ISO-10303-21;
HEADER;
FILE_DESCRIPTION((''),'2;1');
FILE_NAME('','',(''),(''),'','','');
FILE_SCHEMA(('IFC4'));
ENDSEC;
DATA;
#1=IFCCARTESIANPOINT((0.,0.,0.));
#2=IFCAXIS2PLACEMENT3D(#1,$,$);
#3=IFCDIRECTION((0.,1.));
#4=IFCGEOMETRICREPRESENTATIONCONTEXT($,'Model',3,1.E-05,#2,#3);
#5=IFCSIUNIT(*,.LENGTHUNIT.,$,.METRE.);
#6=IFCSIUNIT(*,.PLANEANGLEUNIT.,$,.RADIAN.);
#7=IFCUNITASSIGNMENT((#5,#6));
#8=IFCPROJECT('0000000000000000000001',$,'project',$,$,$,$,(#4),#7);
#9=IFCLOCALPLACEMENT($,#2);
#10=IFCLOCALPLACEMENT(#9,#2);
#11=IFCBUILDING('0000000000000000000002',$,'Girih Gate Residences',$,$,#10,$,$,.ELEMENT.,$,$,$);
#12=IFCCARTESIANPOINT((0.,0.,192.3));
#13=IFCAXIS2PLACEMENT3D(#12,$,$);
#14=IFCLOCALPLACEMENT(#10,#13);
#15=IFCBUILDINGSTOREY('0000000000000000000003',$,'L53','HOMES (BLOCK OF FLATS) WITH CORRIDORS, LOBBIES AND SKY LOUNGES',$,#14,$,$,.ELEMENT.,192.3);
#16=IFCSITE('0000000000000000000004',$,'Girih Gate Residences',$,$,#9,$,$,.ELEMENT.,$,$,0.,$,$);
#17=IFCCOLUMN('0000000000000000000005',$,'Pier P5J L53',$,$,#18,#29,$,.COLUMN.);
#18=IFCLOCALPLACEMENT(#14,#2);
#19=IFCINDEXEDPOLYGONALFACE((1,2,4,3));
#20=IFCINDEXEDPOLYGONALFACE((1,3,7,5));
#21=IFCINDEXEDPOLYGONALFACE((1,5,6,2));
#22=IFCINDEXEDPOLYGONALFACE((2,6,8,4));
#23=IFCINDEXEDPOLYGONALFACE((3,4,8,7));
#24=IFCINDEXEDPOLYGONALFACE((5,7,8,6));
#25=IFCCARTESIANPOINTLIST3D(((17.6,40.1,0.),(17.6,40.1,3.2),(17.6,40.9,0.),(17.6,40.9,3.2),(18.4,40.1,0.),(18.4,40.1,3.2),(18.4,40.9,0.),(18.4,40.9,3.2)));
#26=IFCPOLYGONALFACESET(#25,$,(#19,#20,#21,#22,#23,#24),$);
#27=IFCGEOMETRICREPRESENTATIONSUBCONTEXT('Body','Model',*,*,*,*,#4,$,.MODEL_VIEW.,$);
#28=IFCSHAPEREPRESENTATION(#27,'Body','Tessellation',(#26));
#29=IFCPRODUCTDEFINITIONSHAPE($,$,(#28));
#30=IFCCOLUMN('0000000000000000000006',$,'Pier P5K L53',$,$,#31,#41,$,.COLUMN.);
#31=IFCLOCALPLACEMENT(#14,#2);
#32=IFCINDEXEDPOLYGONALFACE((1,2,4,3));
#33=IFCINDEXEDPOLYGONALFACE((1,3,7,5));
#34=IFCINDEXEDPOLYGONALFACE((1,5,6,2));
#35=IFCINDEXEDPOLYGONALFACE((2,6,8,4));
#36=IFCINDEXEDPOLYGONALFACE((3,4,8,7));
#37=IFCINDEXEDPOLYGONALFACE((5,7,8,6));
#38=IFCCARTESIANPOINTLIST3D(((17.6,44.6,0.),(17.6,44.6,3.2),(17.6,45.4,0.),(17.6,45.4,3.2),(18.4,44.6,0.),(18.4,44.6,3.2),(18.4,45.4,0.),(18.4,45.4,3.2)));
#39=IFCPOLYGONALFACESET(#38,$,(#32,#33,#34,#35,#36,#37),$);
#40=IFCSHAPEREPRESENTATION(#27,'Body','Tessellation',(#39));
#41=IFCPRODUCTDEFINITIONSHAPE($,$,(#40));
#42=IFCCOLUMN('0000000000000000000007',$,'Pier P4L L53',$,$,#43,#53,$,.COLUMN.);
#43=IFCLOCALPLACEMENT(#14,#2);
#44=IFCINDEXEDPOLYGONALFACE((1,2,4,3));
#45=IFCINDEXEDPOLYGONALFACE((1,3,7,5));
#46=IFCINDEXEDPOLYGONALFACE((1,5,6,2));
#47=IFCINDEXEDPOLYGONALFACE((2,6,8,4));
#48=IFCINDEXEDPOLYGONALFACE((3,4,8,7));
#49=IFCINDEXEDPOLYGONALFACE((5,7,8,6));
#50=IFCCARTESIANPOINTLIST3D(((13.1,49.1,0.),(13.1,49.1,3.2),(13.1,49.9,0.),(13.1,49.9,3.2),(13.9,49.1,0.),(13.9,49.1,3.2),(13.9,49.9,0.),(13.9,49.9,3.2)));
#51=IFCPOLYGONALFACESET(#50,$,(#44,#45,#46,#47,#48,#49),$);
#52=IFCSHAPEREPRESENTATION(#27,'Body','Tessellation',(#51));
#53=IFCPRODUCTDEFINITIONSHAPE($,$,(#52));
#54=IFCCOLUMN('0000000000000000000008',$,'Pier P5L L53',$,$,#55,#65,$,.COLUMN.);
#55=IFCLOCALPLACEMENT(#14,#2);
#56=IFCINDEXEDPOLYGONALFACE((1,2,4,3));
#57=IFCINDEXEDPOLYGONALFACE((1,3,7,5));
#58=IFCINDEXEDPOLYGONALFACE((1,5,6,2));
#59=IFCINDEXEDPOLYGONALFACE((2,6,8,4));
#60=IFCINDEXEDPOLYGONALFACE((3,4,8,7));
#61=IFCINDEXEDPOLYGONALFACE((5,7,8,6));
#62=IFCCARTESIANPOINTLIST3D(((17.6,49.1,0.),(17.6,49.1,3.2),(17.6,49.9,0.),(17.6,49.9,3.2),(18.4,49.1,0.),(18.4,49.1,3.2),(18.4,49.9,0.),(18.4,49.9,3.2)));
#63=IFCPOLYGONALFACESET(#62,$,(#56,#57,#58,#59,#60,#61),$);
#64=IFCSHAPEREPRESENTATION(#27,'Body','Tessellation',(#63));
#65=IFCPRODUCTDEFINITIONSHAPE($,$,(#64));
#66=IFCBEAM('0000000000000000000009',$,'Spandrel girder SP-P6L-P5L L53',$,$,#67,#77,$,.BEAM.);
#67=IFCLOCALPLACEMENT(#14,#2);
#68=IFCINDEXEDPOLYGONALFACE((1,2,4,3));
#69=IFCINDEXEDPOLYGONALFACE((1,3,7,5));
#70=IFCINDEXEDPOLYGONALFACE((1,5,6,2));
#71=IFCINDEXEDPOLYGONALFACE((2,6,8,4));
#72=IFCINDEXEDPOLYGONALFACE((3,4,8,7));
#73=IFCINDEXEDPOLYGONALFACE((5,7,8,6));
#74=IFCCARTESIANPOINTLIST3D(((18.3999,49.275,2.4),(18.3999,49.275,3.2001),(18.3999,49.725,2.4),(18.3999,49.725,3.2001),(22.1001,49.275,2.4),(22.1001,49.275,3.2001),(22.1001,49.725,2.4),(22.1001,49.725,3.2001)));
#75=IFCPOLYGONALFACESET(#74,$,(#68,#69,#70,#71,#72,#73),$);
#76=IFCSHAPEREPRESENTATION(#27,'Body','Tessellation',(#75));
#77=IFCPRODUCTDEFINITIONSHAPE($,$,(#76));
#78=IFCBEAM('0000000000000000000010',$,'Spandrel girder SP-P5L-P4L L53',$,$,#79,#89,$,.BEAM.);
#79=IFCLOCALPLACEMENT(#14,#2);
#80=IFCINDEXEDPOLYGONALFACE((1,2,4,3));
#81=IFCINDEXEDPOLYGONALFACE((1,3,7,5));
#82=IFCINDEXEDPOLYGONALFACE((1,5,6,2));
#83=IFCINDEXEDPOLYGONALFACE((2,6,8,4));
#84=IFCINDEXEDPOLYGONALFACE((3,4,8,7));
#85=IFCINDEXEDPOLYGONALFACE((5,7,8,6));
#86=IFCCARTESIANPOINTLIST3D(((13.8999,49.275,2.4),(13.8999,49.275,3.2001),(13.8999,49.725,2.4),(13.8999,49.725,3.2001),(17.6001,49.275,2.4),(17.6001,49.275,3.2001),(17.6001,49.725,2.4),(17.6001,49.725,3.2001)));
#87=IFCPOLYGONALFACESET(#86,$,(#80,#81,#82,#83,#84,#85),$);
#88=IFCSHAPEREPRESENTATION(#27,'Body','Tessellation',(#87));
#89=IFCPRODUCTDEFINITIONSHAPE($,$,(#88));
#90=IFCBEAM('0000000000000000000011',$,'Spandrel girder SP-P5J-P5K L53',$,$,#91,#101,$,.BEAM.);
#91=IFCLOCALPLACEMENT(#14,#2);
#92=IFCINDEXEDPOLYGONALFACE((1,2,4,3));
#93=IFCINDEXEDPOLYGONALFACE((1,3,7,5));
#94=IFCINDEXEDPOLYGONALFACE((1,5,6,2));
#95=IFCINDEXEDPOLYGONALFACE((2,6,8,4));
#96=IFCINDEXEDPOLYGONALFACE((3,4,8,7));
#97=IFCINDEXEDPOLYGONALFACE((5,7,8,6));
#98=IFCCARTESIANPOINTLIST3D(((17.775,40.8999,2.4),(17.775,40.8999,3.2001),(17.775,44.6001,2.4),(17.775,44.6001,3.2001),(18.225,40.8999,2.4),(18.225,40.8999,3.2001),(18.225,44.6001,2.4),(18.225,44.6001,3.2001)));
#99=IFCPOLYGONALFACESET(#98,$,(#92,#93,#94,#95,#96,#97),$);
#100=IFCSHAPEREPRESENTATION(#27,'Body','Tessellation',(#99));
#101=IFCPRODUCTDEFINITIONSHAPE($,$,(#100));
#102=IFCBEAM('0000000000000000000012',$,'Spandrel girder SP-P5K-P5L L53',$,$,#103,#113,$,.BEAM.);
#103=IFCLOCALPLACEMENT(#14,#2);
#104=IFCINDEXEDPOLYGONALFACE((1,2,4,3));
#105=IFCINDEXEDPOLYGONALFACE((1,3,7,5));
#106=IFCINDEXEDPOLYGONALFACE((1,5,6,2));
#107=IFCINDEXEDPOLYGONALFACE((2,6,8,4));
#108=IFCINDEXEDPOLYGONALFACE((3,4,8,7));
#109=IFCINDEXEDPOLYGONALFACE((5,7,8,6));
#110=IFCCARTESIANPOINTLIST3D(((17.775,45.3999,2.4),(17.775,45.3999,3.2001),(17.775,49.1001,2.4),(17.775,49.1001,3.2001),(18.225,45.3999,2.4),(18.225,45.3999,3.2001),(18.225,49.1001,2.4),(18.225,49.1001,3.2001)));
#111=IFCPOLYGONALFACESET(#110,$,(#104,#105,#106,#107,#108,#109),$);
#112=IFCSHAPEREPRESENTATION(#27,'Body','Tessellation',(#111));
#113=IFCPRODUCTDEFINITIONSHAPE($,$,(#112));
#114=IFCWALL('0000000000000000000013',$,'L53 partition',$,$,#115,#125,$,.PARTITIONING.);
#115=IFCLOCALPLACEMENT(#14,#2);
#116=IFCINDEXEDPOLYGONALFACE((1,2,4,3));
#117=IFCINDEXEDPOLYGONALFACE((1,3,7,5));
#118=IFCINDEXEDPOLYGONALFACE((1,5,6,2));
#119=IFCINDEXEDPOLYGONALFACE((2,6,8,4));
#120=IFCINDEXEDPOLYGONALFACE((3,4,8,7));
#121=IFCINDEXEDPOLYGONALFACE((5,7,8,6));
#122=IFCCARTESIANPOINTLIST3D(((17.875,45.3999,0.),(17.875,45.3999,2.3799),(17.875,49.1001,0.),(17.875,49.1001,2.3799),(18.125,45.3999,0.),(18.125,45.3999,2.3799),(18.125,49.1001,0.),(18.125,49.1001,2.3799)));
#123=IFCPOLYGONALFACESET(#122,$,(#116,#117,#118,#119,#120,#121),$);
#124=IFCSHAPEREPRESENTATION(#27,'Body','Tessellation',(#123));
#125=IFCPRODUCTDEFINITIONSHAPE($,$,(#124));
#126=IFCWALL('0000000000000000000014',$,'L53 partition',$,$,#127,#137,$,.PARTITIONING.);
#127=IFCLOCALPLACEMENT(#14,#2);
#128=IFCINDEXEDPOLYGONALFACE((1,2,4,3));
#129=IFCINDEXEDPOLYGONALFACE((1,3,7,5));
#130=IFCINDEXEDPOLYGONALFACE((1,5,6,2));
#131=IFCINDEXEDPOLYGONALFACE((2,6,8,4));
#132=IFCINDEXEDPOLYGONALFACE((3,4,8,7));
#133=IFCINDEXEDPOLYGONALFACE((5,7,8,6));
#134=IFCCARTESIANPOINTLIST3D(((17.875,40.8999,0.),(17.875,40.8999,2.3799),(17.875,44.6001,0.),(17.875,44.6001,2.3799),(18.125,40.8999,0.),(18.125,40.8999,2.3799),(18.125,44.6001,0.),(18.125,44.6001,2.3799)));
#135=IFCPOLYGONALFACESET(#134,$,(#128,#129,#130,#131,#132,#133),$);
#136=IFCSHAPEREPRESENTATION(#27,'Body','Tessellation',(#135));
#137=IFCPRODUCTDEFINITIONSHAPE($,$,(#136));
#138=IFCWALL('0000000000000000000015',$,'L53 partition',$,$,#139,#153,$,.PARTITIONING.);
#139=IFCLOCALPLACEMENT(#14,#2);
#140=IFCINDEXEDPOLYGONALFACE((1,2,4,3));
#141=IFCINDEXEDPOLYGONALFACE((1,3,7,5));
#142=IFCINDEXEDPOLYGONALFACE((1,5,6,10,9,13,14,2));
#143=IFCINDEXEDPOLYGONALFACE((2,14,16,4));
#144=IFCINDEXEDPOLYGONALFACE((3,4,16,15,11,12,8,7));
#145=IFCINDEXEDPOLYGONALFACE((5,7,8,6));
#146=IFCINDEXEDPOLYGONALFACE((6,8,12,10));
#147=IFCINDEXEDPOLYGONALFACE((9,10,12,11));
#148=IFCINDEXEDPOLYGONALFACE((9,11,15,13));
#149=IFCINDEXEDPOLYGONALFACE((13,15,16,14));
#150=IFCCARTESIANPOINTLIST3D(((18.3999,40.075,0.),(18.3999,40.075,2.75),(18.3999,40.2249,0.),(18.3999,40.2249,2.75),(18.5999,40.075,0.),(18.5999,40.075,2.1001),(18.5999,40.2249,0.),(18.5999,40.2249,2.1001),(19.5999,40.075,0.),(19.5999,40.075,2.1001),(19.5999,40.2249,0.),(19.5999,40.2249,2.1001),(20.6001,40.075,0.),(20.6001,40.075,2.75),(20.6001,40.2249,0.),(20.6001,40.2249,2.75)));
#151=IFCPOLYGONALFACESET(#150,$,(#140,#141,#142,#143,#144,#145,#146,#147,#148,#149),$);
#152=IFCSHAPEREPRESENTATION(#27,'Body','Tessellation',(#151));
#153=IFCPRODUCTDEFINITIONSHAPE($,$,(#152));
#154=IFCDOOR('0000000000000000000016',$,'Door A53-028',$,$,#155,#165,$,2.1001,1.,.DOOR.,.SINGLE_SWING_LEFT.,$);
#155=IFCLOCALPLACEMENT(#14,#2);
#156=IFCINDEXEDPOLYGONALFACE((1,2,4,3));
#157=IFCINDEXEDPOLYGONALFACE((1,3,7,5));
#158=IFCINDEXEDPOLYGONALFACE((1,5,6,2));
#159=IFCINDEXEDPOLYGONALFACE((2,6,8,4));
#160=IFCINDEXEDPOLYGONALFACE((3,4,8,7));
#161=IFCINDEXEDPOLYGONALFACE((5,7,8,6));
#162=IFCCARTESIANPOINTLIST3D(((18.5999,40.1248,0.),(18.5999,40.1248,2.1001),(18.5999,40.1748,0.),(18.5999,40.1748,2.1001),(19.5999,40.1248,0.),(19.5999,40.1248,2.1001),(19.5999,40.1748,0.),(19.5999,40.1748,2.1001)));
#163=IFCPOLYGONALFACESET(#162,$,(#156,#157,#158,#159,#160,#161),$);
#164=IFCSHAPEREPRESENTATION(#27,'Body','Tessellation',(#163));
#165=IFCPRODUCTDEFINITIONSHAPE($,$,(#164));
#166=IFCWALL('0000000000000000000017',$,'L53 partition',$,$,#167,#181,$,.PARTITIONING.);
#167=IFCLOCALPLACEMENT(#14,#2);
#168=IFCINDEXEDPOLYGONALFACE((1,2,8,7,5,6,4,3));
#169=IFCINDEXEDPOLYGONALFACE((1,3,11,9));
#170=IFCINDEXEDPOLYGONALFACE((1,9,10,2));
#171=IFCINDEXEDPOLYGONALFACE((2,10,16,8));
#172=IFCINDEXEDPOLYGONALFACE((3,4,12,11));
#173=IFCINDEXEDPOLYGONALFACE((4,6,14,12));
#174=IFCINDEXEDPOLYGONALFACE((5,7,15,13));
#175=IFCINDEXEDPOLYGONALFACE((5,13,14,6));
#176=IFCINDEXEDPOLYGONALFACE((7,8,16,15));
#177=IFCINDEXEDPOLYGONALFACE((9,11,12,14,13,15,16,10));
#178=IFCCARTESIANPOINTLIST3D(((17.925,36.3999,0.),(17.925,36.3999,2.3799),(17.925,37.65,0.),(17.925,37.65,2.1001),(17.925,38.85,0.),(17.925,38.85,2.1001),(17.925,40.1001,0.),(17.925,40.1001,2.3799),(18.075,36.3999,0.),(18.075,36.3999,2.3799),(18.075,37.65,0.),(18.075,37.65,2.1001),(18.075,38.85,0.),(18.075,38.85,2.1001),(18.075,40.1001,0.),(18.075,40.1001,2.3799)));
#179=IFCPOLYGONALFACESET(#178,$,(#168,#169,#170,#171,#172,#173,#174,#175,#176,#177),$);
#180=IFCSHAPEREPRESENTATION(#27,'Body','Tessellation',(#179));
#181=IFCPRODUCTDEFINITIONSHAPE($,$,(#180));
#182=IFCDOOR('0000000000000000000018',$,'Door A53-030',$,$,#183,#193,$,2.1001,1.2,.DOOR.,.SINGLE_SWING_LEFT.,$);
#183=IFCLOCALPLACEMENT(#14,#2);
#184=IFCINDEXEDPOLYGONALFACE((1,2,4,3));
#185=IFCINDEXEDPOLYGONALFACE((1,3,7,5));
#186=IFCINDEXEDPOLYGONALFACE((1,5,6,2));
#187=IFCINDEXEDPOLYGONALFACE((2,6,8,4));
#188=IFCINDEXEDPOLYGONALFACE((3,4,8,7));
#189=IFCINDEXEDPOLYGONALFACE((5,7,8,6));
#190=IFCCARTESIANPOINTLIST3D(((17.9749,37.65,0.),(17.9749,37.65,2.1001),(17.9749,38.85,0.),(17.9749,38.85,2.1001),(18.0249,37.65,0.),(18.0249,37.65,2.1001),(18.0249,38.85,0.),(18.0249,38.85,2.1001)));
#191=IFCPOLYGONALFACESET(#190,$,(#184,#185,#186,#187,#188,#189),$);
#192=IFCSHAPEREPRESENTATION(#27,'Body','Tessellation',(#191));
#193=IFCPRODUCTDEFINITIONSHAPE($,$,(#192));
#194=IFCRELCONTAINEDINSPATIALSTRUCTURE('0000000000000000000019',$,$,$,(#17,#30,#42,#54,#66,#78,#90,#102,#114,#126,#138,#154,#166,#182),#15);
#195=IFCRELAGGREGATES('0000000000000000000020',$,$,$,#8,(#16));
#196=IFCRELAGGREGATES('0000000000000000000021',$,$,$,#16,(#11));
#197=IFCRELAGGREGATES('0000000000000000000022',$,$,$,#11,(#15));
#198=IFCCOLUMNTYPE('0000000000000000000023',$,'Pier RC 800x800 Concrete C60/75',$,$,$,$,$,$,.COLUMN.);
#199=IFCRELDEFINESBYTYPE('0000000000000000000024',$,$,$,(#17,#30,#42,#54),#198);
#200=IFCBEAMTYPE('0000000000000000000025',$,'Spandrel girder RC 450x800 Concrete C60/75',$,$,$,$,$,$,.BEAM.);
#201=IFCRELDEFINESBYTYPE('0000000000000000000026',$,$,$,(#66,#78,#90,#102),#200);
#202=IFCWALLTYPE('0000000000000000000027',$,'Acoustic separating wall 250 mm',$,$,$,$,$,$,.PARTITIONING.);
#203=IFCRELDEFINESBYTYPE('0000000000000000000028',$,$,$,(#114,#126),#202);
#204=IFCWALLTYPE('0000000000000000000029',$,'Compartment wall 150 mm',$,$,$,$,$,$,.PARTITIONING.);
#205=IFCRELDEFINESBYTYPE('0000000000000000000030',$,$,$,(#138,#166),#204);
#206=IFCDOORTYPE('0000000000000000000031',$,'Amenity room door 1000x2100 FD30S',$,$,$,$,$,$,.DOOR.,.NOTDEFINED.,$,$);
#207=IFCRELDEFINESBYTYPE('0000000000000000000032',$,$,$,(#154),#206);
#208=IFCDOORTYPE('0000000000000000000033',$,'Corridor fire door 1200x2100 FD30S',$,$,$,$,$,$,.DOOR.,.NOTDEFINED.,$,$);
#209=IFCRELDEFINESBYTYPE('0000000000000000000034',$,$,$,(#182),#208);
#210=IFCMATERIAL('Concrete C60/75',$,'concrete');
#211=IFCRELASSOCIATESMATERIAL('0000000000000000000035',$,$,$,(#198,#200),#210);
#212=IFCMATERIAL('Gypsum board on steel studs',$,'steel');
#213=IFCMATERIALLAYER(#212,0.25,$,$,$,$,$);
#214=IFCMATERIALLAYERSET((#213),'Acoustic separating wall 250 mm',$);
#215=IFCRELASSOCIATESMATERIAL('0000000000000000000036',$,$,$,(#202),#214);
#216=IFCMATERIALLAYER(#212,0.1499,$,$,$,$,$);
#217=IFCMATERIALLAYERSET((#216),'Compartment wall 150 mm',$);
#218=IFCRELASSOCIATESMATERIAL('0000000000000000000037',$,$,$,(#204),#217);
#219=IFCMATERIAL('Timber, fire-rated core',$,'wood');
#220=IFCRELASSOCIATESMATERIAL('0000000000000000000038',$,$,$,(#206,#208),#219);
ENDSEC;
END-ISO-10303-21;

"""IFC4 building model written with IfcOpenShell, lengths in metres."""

from ifc_helpers import new_model, si_unit, direction, frame, frame_2d, origin, origin_2d, place, context, subcontext, project, spatial, rectangle, extrude, material, layer, layer_set, material_profile, profile_set, type_object, element, fill, save


model = new_model("IFC4")

# Units and contexts
model_context = context("Model", 3, precision=1e-05, world=origin(), true_north=direction((0.0, 1.0)))
body_context = subcontext(model_context, "Body", "Model", "MODEL_VIEW")
ifc_project = project(units=[si_unit("LENGTHUNIT", "METRE"), si_unit("PLANEANGLEUNIT", "RADIAN")], contexts=[model_context])

# Site, building, storey
site_placement = place(None, origin())
site = spatial("IfcSite", under=ifc_project, at=site_placement, Name="Girih Gate Residences", CompositionType="ELEMENT", RefElevation=0.0)
building_placement = place(site_placement, origin())
building = spatial("IfcBuilding", under=site, at=building_placement, Name="Girih Gate Residences", CompositionType="ELEMENT")
storey_placement = place(building_placement, frame((0.0, 0.0, 192.3)))
storey = spatial("IfcBuildingStorey", under=building, at=storey_placement, Name="L53", Description="HOMES (BLOCK OF FLATS) WITH CORRIDORS, LOBBIES AND SKY LOUNGES", CompositionType="ELEMENT", Elevation=192.3)

# Columns
ifc_material_1 = material(Name="Concrete C60/75", Category="concrete")
ifc_material_profile_1 = material_profile(ifc_material_1, rectangle(XDim=0.8, YDim=0.8, at=origin_2d()))
ifc_profile_set_1 = profile_set([ifc_material_profile_1], Name="Concrete C60/75")
column_type = type_object("IfcColumnType", Name="Pier RC 800x800 Concrete C60/75", PredefinedType="COLUMN", material=ifc_profile_set_1)
for number, where, z_axis, x_axis, name in (
    (1, (18.0, 40.5, 0.0), (0.0, 0.0, 1.0), (1.0, 0.0, 0.0), "Pier P5J L53"),
    (2, (18.0, 45.0, 0.0), (0.0, 0.0, 1.0), (1.0, 0.0, 0.0), "Pier P5K L53"),
    (3, (13.5, 49.5, 0.0), (0.0, 0.0, 1.0), (1.0, 0.0, 0.0), "Pier P4L L53"),
    (4, (18.0, 49.5, 0.0), (0.0, 0.0, 1.0), (1.0, 0.0, 0.0), "Pier P5L L53"),
):
    element("IfcColumn", number, at=place(storey_placement, frame(where, z_axis=z_axis, x_axis=x_axis)), inside=storey, type_object=column_type, Name=name, PredefinedType="COLUMN", context=body_context, shape_type="SweptSolid", body=[
        extrude(rectangle(XDim=0.8, YDim=0.8, at=origin_2d()), origin(), (0.0, 0.0, 1.0), 3.2),
    ])

# Beams
ifc_material_profile_2 = material_profile(ifc_material_1, rectangle(XDim=0.45, YDim=0.8, at=origin_2d()))
ifc_profile_set_2 = profile_set([ifc_material_profile_2], Name="Concrete C60/75")
beam_type = type_object("IfcBeamType", Name="Spandrel girder RC 450x800 Concrete C60/75", PredefinedType="BEAM", material=ifc_profile_set_2)
for number, where, z_axis, x_axis, name in (
    (5, (22.1001, 49.5, 2.8), (-1.0, 0.0, 0.0), (0.0, -1.0, 0.0), "Spandrel girder SP-P6L-P5L L53"),
    (6, (17.6001, 49.5, 2.8), (-1.0, 0.0, 0.0), (0.0, -1.0, 0.0), "Spandrel girder SP-P5L-P4L L53"),
    (7, (18.0, 40.8999, 2.8), (0.0, 1.0, 0.0), (-1.0, 0.0, 0.0), "Spandrel girder SP-P5J-P5K L53"),
    (8, (18.0, 45.3999, 2.8), (0.0, 1.0, 0.0), (-1.0, 0.0, 0.0), "Spandrel girder SP-P5K-P5L L53"),
):
    element("IfcBeam", number, at=place(storey_placement, frame(where, z_axis=z_axis, x_axis=x_axis)), inside=storey, type_object=beam_type, Name=name, PredefinedType="BEAM", context=body_context, shape_type="SweptSolid", body=[
        extrude(rectangle(XDim=0.45, YDim=0.8, at=origin_2d()), origin(), (0.0, 0.0, 1.0), 3.7002),
    ])

# Walls
ifc_material_2 = material(Name="Gypsum board on steel studs", Category="steel")
ifc_layer_1 = layer(ifc_material_2, 0.25)
ifc_layer_set_1 = layer_set([ifc_layer_1], Name="Acoustic separating wall 250 mm")
wall_type_1 = type_object("IfcWallType", Name="Acoustic separating wall 250 mm", PredefinedType="PARTITIONING", material=ifc_layer_set_1)
for number, where, z_axis, x_axis, name in (
    (9, (18.0, 45.3999, 0.0), (0.0, 0.0, 1.0), (0.0, 1.0, 0.0), "L53 partition"),
    (10, (18.0, 40.8999, 0.0), (0.0, 0.0, 1.0), (0.0, 1.0, 0.0), "L53 partition"),
):
    element("IfcWall", number, at=place(storey_placement, frame(where, z_axis=z_axis, x_axis=x_axis)), inside=storey, type_object=wall_type_1, Name=name, PredefinedType="PARTITIONING", context=body_context, shape_type="SweptSolid", body=[
        extrude(rectangle(XDim=3.7002, YDim=0.25, at=frame_2d((1.8501, 0.0))), origin(), (0.0, 0.0, 1.0), 2.3799),
    ])

# Walls, openings, doors
ifc_layer_2 = layer(ifc_material_2, 0.1499)
ifc_layer_set_2 = layer_set([ifc_layer_2], Name="Compartment wall 150 mm")
wall_type_2 = type_object("IfcWallType", Name="Compartment wall 150 mm", PredefinedType="PARTITIONING", material=ifc_layer_set_2)
ifc_material_3 = material(Name="Timber, fire-rated core", Category="wood")
wall_1_placement = place(storey_placement, frame((18.3999, 40.1499, 0.0), z_axis=(0.0, 0.0, 1.0), x_axis=(1.0, 0.0, 0.0)))
wall_1 = element("IfcWall", 11, at=wall_1_placement, inside=storey, type_object=wall_type_2, Name="L53 partition", PredefinedType="PARTITIONING", context=body_context, shape_type="SweptSolid", body=[
    extrude(rectangle(XDim=2.2002, YDim=0.1499, at=frame_2d((1.1001, 0.0))), origin(), (0.0, 0.0, 1.0), 2.75),
])
opening_1_placement = place(wall_1_placement, frame((0.2, 0.0, 0.0)))
opening_1 = element("IfcOpeningElement", 12, at=opening_1_placement, cuts=wall_1, PredefinedType="OPENING", context=body_context, shape_type="SweptSolid", body=[
    extrude(rectangle(XDim=1.0, YDim=2.1001, at=frame_2d((0.5, 1.05))), frame((0.0, 0.085, 0.0), z_axis=(0.0, -1.0, 0.0), x_axis=(1.0, 0.0, 0.0)), (0.0, 0.0, 1.0), 0.1699),
])
door_type_1 = type_object("IfcDoorType", Name="Amenity room door 1000x2100 FD30S", OperationType="NOTDEFINED", PredefinedType="DOOR", material=ifc_material_3)
door_1_placement = place(opening_1_placement, origin())
door_1 = element("IfcDoor", 13, at=door_1_placement, inside=storey, type_object=door_type_1, Name="Door A53-028", OperationType="SINGLE_SWING_LEFT", OverallHeight=2.1001, OverallWidth=1.0, PredefinedType="DOOR", context=body_context, shape_type="SweptSolid", body=[
    extrude(rectangle(XDim=1.0, YDim=2.1001, at=frame_2d((0.5, 1.05))), frame((0.0, 0.0249, 0.0), z_axis=(0.0, -1.0, 0.0), x_axis=(1.0, 0.0, 0.0)), (0.0, 0.0, 1.0), 0.05),
])
fill(opening_1, door_1)
wall_2_placement = place(storey_placement, frame((18.0, 40.1001, 0.0), z_axis=(0.0, 0.0, 1.0), x_axis=(0.0, -1.0, 0.0)))
wall_2 = element("IfcWall", 14, at=wall_2_placement, inside=storey, type_object=wall_type_2, Name="L53 partition", PredefinedType="PARTITIONING", context=body_context, shape_type="SweptSolid", body=[
    extrude(rectangle(XDim=3.7002, YDim=0.1499, at=frame_2d((1.8501, 0.0))), origin(), (0.0, 0.0, 1.0), 2.3799),
])
opening_2_placement = place(wall_2_placement, frame((1.25, 0.0, 0.0)))
opening_2 = element("IfcOpeningElement", 15, at=opening_2_placement, cuts=wall_2, PredefinedType="OPENING", context=body_context, shape_type="SweptSolid", body=[
    extrude(rectangle(XDim=1.2, YDim=2.1001, at=frame_2d((0.6001, 1.05))), frame((0.0, 0.085, 0.0), z_axis=(0.0, -1.0, 0.0), x_axis=(1.0, 0.0, 0.0)), (0.0, 0.0, 1.0), 0.1699),
])
door_type_2 = type_object("IfcDoorType", Name="Corridor fire door 1200x2100 FD30S", OperationType="NOTDEFINED", PredefinedType="DOOR", material=ifc_material_3)
door_2_placement = place(opening_2_placement, origin())
door_2 = element("IfcDoor", 16, at=door_2_placement, inside=storey, type_object=door_type_2, Name="Door A53-030", OperationType="SINGLE_SWING_LEFT", OverallHeight=2.1001, OverallWidth=1.2, PredefinedType="DOOR", context=body_context, shape_type="SweptSolid", body=[
    extrude(rectangle(XDim=1.2, YDim=2.1001, at=frame_2d((0.6001, 1.05))), frame((0.0, 0.0249, 0.0), z_axis=(0.0, -1.0, 0.0), x_axis=(1.0, 0.0, 0.0)), (0.0, 0.0, 1.0), 0.05),
])
fill(opening_2, door_2)

save(model, "model.ifc")
